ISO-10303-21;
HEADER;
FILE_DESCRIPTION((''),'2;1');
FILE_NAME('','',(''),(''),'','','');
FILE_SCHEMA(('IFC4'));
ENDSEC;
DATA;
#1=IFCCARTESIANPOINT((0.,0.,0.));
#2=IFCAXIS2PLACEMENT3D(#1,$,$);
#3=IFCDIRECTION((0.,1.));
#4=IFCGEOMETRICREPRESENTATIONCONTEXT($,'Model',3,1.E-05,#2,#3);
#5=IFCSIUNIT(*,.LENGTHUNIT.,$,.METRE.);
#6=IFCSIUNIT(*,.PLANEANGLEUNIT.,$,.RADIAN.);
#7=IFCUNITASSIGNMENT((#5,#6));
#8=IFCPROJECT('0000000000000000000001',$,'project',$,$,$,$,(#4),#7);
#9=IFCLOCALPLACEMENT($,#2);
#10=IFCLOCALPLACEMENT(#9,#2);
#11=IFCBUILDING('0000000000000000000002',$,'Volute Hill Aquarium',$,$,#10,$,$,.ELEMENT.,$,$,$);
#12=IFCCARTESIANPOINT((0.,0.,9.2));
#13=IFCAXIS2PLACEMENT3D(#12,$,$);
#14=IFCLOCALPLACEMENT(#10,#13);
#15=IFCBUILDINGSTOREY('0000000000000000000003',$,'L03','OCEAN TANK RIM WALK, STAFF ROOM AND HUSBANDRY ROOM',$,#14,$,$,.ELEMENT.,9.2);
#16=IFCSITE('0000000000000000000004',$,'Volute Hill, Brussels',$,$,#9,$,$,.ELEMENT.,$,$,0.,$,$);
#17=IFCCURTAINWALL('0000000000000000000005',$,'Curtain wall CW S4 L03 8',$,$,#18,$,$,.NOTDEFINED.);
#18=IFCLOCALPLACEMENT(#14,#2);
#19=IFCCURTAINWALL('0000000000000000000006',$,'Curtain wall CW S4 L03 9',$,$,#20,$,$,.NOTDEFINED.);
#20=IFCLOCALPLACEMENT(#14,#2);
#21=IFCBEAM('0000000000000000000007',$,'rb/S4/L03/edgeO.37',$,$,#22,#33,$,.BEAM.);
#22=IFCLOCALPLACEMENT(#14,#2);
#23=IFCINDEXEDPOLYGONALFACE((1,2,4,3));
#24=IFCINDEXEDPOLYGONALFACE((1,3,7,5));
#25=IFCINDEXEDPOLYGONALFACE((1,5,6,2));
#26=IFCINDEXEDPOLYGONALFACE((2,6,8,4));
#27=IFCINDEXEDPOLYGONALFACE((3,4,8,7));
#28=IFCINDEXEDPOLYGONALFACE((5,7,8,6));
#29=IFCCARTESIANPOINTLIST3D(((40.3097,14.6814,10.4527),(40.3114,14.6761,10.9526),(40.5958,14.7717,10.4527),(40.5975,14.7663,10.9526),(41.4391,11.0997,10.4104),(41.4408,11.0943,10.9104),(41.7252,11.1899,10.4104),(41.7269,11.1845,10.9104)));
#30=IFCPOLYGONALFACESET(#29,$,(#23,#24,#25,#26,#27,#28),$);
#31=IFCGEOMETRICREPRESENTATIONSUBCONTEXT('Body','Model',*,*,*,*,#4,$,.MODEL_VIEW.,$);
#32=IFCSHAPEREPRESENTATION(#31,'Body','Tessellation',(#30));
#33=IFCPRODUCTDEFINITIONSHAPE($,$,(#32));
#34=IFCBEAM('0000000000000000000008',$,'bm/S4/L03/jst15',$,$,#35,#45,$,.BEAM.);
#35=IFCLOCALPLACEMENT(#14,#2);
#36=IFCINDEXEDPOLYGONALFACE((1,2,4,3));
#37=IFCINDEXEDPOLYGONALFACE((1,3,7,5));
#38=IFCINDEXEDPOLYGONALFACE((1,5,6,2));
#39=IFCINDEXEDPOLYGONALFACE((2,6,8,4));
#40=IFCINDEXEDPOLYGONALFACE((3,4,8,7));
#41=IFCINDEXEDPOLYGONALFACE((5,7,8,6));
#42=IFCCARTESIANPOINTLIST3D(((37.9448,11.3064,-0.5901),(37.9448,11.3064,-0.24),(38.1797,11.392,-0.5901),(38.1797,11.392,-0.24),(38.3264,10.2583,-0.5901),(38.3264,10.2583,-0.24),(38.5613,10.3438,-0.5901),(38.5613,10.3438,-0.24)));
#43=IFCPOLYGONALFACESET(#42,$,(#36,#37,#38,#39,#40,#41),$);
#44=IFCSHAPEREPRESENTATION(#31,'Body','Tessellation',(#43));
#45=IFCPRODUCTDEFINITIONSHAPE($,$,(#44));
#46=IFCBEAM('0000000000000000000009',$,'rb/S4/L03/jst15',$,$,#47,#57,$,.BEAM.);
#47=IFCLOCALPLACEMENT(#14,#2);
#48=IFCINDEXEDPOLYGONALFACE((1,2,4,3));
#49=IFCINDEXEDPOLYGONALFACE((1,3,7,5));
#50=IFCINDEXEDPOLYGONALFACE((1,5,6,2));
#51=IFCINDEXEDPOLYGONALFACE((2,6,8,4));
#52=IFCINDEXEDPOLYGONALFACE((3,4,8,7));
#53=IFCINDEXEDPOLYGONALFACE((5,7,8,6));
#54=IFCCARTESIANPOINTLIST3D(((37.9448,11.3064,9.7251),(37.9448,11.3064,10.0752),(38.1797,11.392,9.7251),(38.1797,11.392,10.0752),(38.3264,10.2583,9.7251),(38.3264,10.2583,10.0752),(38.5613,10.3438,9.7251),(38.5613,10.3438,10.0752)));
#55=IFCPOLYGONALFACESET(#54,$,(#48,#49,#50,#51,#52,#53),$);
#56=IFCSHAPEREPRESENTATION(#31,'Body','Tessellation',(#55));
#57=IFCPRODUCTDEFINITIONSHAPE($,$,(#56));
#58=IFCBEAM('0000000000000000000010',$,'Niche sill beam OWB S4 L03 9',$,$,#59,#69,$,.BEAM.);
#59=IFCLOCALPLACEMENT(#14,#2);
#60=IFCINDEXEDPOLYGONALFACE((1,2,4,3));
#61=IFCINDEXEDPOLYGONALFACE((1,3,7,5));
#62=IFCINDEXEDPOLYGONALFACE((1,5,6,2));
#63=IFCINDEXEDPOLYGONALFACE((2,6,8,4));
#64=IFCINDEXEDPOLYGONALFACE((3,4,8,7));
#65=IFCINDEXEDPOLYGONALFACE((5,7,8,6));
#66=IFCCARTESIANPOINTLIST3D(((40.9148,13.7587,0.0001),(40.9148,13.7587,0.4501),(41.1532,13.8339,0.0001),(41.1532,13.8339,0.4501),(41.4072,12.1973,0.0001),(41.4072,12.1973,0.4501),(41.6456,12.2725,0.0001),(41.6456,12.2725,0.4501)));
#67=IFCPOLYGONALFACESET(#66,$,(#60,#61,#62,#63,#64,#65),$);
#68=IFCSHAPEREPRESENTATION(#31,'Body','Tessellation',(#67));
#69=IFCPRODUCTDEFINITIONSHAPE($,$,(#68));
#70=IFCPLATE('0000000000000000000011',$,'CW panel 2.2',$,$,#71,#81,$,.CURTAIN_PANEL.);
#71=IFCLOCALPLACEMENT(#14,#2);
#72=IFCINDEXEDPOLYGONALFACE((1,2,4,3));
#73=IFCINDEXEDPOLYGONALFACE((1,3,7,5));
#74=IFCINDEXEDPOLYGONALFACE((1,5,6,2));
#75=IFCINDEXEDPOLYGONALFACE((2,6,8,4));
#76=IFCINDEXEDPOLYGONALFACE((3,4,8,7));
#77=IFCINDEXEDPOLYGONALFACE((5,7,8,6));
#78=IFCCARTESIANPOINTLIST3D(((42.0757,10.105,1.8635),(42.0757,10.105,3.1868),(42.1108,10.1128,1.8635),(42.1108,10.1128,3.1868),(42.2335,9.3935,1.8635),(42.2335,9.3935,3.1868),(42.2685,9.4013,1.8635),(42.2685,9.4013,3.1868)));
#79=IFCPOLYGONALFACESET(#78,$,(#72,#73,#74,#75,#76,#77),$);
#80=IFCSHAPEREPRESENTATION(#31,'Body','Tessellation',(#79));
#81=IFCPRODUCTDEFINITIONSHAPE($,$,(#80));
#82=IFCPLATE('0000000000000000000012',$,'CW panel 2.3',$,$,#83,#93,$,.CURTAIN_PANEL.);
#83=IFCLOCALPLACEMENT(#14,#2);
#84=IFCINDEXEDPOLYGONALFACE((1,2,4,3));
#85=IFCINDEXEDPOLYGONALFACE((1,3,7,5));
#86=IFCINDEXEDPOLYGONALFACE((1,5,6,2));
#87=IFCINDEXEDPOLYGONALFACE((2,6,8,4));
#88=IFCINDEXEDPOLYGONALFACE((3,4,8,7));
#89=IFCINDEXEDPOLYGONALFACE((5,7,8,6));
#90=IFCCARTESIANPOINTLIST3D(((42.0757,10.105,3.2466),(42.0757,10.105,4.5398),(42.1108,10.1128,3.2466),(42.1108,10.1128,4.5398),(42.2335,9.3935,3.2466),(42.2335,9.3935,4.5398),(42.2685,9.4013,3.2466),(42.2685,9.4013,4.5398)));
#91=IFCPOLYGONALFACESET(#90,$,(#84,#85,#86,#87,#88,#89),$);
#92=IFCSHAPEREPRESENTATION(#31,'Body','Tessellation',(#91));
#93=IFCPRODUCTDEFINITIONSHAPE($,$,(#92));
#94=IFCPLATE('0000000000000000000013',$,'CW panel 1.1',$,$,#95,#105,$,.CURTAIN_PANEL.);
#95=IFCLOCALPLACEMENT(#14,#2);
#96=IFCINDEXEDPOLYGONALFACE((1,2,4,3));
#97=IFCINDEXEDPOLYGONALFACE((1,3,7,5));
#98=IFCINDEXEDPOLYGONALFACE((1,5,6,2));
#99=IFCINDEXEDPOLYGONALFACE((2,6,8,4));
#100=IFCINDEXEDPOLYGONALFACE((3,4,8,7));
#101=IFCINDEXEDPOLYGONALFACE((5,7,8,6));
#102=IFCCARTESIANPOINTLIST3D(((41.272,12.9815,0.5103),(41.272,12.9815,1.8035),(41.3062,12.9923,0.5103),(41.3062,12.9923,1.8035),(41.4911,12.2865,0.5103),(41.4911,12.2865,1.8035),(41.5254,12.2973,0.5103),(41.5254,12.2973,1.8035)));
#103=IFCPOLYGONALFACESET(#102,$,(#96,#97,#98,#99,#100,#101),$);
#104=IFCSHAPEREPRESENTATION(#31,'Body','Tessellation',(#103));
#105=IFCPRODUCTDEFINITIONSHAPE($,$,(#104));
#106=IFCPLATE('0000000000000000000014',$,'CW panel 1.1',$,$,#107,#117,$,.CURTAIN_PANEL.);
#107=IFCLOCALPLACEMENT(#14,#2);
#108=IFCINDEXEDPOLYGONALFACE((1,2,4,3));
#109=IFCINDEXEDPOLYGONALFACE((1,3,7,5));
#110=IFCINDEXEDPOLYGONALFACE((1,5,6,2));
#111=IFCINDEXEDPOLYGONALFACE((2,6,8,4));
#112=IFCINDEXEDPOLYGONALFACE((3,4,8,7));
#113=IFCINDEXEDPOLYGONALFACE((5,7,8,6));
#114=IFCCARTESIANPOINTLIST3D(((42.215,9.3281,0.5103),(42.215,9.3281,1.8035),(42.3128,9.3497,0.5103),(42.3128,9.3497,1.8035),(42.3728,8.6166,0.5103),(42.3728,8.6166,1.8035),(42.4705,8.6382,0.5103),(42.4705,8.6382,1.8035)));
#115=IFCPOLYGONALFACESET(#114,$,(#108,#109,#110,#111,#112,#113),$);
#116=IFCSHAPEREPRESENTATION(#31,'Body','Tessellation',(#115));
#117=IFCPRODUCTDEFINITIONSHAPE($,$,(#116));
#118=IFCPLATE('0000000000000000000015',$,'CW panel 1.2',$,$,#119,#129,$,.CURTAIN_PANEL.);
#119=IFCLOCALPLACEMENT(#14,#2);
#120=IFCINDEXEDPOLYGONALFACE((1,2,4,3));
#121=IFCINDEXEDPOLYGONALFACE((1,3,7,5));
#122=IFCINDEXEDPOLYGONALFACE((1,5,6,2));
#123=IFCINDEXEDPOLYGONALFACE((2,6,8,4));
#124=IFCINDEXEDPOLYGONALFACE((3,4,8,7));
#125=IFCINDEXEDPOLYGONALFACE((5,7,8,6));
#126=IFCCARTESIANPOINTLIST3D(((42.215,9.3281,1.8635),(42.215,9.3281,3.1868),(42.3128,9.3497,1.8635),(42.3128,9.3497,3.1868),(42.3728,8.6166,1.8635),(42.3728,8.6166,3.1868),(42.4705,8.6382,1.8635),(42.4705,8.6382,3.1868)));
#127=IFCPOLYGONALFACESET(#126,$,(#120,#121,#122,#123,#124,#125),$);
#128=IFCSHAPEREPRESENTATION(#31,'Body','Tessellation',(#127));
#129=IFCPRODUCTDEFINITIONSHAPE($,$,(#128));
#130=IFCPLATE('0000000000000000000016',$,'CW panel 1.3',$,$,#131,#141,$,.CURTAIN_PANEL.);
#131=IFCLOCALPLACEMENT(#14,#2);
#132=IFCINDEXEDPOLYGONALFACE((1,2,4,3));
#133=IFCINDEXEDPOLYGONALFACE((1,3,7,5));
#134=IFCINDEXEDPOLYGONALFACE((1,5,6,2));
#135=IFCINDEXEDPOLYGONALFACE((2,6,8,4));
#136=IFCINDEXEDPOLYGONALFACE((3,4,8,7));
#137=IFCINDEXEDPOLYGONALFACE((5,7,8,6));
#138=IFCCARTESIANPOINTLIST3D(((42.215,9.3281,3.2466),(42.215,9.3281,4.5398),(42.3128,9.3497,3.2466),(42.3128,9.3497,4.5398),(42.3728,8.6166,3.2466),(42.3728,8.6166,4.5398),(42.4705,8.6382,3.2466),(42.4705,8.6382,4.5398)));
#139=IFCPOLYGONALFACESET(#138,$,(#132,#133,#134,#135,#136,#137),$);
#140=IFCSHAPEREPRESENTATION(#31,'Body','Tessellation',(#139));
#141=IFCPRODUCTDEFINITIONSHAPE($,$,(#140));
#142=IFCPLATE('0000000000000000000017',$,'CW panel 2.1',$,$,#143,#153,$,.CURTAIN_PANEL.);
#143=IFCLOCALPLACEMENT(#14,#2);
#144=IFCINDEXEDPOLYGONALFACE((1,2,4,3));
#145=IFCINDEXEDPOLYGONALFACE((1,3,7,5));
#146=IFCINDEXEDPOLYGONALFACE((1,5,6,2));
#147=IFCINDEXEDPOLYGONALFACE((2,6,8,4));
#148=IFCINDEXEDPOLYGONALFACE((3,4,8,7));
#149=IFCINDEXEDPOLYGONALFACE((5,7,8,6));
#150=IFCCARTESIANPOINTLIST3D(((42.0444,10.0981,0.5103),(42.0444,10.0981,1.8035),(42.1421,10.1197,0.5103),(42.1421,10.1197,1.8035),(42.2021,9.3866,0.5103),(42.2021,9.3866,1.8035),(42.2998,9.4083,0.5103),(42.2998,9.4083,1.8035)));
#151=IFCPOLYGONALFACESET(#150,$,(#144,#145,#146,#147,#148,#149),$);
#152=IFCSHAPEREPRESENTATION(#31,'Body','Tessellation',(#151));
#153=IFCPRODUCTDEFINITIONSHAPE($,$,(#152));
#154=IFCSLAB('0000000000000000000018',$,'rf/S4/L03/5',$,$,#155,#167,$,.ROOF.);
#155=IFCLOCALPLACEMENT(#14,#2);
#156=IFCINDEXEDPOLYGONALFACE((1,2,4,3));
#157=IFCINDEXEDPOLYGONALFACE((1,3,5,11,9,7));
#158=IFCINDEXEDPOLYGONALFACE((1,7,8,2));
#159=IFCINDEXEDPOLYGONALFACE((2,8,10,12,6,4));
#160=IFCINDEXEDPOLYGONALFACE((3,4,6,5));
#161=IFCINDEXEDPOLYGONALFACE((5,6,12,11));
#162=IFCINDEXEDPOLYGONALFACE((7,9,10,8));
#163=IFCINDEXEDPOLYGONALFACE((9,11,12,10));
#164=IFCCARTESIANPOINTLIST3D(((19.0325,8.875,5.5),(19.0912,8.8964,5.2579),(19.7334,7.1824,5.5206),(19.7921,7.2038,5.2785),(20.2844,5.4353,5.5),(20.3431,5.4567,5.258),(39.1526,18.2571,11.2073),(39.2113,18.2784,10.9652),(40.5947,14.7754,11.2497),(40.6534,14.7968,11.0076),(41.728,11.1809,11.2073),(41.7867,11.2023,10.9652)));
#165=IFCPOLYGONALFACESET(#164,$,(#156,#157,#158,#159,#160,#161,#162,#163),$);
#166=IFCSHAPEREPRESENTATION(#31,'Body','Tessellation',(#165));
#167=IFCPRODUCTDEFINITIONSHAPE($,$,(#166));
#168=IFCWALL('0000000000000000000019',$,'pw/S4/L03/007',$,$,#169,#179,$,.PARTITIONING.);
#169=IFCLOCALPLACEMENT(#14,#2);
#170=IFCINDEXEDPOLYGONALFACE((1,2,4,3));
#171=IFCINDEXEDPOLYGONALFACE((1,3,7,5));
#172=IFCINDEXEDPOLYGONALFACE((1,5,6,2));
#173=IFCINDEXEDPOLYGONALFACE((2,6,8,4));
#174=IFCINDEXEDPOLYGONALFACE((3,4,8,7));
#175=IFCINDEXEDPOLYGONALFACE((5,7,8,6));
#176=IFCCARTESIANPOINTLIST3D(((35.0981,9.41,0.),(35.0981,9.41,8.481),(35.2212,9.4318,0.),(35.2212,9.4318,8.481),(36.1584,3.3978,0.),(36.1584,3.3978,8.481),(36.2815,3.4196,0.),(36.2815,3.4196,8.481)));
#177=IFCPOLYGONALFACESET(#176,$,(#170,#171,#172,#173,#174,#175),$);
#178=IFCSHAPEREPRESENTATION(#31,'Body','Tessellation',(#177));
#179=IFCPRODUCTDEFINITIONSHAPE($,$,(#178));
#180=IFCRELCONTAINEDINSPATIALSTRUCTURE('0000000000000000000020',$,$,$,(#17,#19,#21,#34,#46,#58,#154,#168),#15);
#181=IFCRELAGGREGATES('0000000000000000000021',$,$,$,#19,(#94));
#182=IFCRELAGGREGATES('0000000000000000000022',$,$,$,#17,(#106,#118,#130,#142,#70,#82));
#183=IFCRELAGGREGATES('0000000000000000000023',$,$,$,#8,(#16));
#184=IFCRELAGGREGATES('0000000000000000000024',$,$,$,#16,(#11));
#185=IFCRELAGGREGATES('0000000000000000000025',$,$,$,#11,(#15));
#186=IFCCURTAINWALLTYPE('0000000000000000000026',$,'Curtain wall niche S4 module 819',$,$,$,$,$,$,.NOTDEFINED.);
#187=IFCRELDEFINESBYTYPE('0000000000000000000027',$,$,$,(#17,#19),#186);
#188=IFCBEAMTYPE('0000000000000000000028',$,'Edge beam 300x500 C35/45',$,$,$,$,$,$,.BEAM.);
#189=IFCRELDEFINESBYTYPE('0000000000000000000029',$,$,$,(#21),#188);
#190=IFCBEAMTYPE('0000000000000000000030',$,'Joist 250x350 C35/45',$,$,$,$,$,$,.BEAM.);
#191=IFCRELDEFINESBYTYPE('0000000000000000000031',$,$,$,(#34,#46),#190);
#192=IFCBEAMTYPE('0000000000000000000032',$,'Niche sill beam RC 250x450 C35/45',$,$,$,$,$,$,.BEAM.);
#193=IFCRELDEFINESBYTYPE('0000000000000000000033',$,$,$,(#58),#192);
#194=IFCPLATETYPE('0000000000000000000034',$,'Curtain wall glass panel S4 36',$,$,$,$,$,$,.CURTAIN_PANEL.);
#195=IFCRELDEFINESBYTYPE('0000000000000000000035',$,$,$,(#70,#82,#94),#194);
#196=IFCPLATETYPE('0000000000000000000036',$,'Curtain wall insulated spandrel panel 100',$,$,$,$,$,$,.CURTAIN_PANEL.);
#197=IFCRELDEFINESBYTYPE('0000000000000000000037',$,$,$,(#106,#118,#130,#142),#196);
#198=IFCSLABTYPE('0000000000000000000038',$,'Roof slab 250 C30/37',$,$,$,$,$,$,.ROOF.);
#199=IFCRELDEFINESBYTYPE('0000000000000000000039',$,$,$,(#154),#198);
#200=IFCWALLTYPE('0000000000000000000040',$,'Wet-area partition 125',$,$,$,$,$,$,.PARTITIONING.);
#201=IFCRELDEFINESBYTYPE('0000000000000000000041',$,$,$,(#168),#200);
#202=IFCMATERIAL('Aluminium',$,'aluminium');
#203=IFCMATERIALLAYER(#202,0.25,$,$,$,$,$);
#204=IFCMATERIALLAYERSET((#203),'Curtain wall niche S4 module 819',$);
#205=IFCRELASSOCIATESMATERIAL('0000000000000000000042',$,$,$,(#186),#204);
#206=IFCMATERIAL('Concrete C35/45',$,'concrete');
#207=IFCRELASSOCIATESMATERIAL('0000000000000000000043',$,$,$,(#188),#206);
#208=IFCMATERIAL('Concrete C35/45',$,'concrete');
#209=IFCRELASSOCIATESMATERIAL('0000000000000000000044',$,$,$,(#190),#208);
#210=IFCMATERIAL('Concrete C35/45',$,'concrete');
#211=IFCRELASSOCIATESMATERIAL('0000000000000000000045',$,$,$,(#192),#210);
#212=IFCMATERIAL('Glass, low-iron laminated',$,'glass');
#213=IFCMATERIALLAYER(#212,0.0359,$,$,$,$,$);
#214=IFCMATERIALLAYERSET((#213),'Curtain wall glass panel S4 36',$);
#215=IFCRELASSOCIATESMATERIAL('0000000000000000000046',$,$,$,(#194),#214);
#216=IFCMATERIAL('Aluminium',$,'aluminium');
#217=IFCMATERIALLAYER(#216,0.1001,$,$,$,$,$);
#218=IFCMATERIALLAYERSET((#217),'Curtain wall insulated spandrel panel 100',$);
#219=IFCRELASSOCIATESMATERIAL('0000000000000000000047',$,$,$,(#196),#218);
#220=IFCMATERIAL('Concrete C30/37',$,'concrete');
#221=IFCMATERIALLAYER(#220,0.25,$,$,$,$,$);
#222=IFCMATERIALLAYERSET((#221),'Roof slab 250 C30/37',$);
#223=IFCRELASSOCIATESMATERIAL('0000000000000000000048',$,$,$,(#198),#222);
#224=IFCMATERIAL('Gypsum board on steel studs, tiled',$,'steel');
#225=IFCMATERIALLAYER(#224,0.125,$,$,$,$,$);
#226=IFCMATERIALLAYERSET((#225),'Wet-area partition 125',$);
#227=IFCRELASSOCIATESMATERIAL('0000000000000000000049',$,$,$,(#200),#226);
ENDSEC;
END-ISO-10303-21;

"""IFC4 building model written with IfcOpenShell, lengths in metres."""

from ifc_helpers import new_model, si_unit, direction, frame, frame_2d, origin, origin_2d, place, context, subcontext, project, spatial, polyline, rectangle, outline, extrude, material, layer, layer_set, material_profile, profile_set, type_object, element, aggregate, save


model = new_model("IFC4")

# Units and contexts
model_context = context("Model", 3, precision=1e-05, world=origin(), true_north=direction((0.0, 1.0)))
body_context = subcontext(model_context, "Body", "Model", "MODEL_VIEW")
ifc_project = project(units=[si_unit("LENGTHUNIT", "METRE"), si_unit("PLANEANGLEUNIT", "RADIAN")], contexts=[model_context])

# Site, building, storey
site_placement = place(None, origin())
site = spatial("IfcSite", under=ifc_project, at=site_placement, Name="Volute Hill, Brussels", CompositionType="ELEMENT", RefElevation=0.0)
building_placement = place(site_placement, origin())
building = spatial("IfcBuilding", under=site, at=building_placement, Name="Volute Hill Aquarium", CompositionType="ELEMENT")
storey_placement = place(building_placement, frame((0.0, 0.0, 9.2)))
storey = spatial("IfcBuildingStorey", under=building, at=storey_placement, Name="L03", Description="OCEAN TANK RIM WALK, STAFF ROOM AND HUSBANDRY ROOM", CompositionType="ELEMENT", Elevation=9.2)

# Curtain wall
ifc_material_1 = material(Name="Aluminium", Category="aluminium")
ifc_layer_1 = layer(ifc_material_1, 0.25)
ifc_layer_set_1 = layer_set([ifc_layer_1], Name="Curtain wall niche S4 module 819")
curtain_wall_type = type_object("IfcCurtainWallType", Name="Curtain wall niche S4 module 819", PredefinedType="NOTDEFINED", material=ifc_layer_set_1)
curtain_wall_1_placement = place(storey_placement, origin())
curtain_wall_1 = element("IfcCurtainWall", 1, at=curtain_wall_1_placement, inside=storey, type_object=curtain_wall_type, Name="Curtain wall CW S4 L03 8", PredefinedType="NOTDEFINED")

# Curtain wall
curtain_wall_2_placement = place(storey_placement, origin())
curtain_wall_2 = element("IfcCurtainWall", 2, at=curtain_wall_2_placement, inside=storey, type_object=curtain_wall_type, Name="Curtain wall CW S4 L03 9", PredefinedType="NOTDEFINED")

# Beams
ifc_material_2 = material(Name="Concrete C35/45", Category="concrete")
ifc_material_profile_1 = material_profile(ifc_material_2, rectangle(XDim=0.3, YDim=0.5, at=origin_2d()), Name="RC edge beam 300x500")
ifc_profile_set_1 = profile_set([ifc_material_profile_1], Name="Concrete C35/45")
beam_type_1 = type_object("IfcBeamType", Name="Edge beam 300x500 C35/45", PredefinedType="BEAM", material=ifc_profile_set_1)
beam_1_placement = place(storey_placement, frame((41.583, 11.1421, 10.6604), z_axis=(-0.300702, 0.953652, 0.011245), x_axis=(-0.953712, -0.300721, 0.0)))
element("IfcBeam", 3, at=beam_1_placement, inside=storey, type_object=beam_type_1, Name="rb/S4/L03/edgeO.37", PredefinedType="BEAM", context=body_context, shape_type="SweptSolid", body=[
    extrude(rectangle(XDim=0.3, YDim=0.5, at=origin_2d()), origin(), (0.0, 0.0, 1.0), 3.7559),
])
ifc_material_3 = material(Name="Concrete C35/45", Category="concrete")
ifc_material_profile_2 = material_profile(ifc_material_3, rectangle(XDim=0.25, YDim=0.3501, at=origin_2d()), Name="RC joist 250x350")
ifc_profile_set_2 = profile_set([ifc_material_profile_2], Name="Concrete C35/45")
beam_type_2 = type_object("IfcBeamType", Name="Joist 250x350 C35/45", PredefinedType="BEAM", material=ifc_profile_set_2)
for number, where, z_axis, x_axis, name in (
    (4, (38.4438, 10.301, -0.415), (-0.342112, 0.939659, 0.0), (-0.939659, -0.342112, 0.0), "bm/S4/L03/jst15"),
    (5, (38.4438, 10.301, 9.9001), (-0.342112, 0.939659, 0.0), (-0.939659, -0.342112, 0.0), "rb/S4/L03/jst15"),
):
    element("IfcBeam", number, at=place(storey_placement, frame(where, z_axis=z_axis, x_axis=x_axis)), inside=storey, type_object=beam_type_2, Name=name, PredefinedType="BEAM", context=body_context, shape_type="SweptSolid", body=[
        extrude(rectangle(XDim=0.25, YDim=0.3501, at=origin_2d()), origin(), (0.0, 0.0, 1.0), 1.1155),
    ])
ifc_material_4 = material(Name="Concrete C35/45", Category="concrete")
ifc_material_profile_3 = material_profile(ifc_material_4, rectangle(XDim=0.25, YDim=0.45, at=origin_2d()), Name="RC beam 250x450")
ifc_profile_set_3 = profile_set([ifc_material_profile_3], Name="Concrete C35/45")
beam_type_3 = type_object("IfcBeamType", Name="Niche sill beam RC 250x450 C35/45", PredefinedType="BEAM", material=ifc_profile_set_3)
beam_2_placement = place(storey_placement, frame((41.5264, 12.2349, 0.2251), z_axis=(-0.300753, 0.953702, 0.0), x_axis=(-0.953702, -0.300753, 0.0)))
element("IfcBeam", 6, at=beam_2_placement, inside=storey, type_object=beam_type_3, Name="Niche sill beam OWB S4 L03 9", PredefinedType="BEAM", context=body_context, shape_type="SweptSolid", body=[
    extrude(rectangle(XDim=0.25, YDim=0.45, at=origin_2d()), origin(), (0.0, 0.0, 1.0), 1.6372),
])

# Plates
ifc_material_5 = material(Name="Glass, low-iron laminated", Category="glass")
ifc_layer_2 = layer(ifc_material_5, 0.0359)
ifc_layer_set_2 = layer_set([ifc_layer_2], Name="Curtain wall glass panel S4 36")
plate_type_1 = type_object("IfcPlateType", Name="Curtain wall glass panel S4 36", PredefinedType="CURTAIN_PANEL", material=ifc_layer_set_2)
plate_1_placement = place(storey_placement, frame((42.1721, 9.7532, 1.8635), z_axis=(0.0, 0.0, 1.0), x_axis=(-0.216436, 0.976297, 0.0)))
plate_1 = element("IfcPlate", 7, at=plate_1_placement, type_object=plate_type_1, Name="CW panel 2.2", PredefinedType="CURTAIN_PANEL", context=body_context, shape_type="SweptSolid", body=[
    extrude(rectangle(XDim=0.7288, YDim=0.0359, at=origin_2d()), origin(), (0.0, 0.0, 1.0), 1.3232),
])
plate_2_placement = place(storey_placement, frame((42.1721, 9.7532, 3.2466), z_axis=(0.0, 0.0, 1.0), x_axis=(-0.216436, 0.976297, 0.0)))
plate_2 = element("IfcPlate", 8, at=plate_2_placement, type_object=plate_type_1, Name="CW panel 2.3", PredefinedType="CURTAIN_PANEL", context=body_context, shape_type="SweptSolid", body=[
    extrude(rectangle(XDim=0.7288, YDim=0.0359, at=origin_2d()), origin(), (0.0, 0.0, 1.0), 1.2932),
])
plate_3_placement = place(storey_placement, frame((41.3987, 12.6394, 0.5103), z_axis=(0.0, 0.0, 1.0), x_axis=(-0.30071, 0.953716, 0.0)))
plate_3 = element("IfcPlate", 9, at=plate_3_placement, type_object=plate_type_1, Name="CW panel 1.1", PredefinedType="CURTAIN_PANEL", context=body_context, shape_type="SweptSolid", body=[
    extrude(rectangle(XDim=0.7288, YDim=0.0359, at=origin_2d()), origin(), (0.0, 0.0, 1.0), 1.2932),
])
aggregate(curtain_wall_2, [plate_3])
ifc_material_6 = material(Name="Aluminium", Category="aluminium")
ifc_layer_3 = layer(ifc_material_6, 0.1001)
ifc_layer_set_3 = layer_set([ifc_layer_3], Name="Curtain wall insulated spandrel panel 100")
plate_type_2 = type_object("IfcPlateType", Name="Curtain wall insulated spandrel panel 100", PredefinedType="CURTAIN_PANEL", material=ifc_layer_set_3)
plate_4_placement = place(storey_placement, frame((42.3428, 8.9832, 0.5103), z_axis=(0.0, 0.0, 1.0), x_axis=(-0.216436, 0.976297, 0.0)))
plate_4 = element("IfcPlate", 10, at=plate_4_placement, type_object=plate_type_2, Name="CW panel 1.1", PredefinedType="CURTAIN_PANEL", context=body_context, shape_type="SweptSolid", body=[
    extrude(rectangle(XDim=0.7288, YDim=0.1001, at=origin_2d()), origin(), (0.0, 0.0, 1.0), 1.2932),
])
plate_5_placement = place(storey_placement, frame((42.3428, 8.9832, 1.8635), z_axis=(0.0, 0.0, 1.0), x_axis=(-0.216436, 0.976297, 0.0)))
plate_5 = element("IfcPlate", 11, at=plate_5_placement, type_object=plate_type_2, Name="CW panel 1.2", PredefinedType="CURTAIN_PANEL", context=body_context, shape_type="SweptSolid", body=[
    extrude(rectangle(XDim=0.7288, YDim=0.1001, at=origin_2d()), origin(), (0.0, 0.0, 1.0), 1.3232),
])
plate_6_placement = place(storey_placement, frame((42.3428, 8.9832, 3.2466), z_axis=(0.0, 0.0, 1.0), x_axis=(-0.216436, 0.976297, 0.0)))
plate_6 = element("IfcPlate", 12, at=plate_6_placement, type_object=plate_type_2, Name="CW panel 1.3", PredefinedType="CURTAIN_PANEL", context=body_context, shape_type="SweptSolid", body=[
    extrude(rectangle(XDim=0.7288, YDim=0.1001, at=origin_2d()), origin(), (0.0, 0.0, 1.0), 1.2932),
])
plate_7_placement = place(storey_placement, frame((42.1721, 9.7532, 0.5103), z_axis=(0.0, 0.0, 1.0), x_axis=(-0.216436, 0.976297, 0.0)))
plate_7 = element("IfcPlate", 13, at=plate_7_placement, type_object=plate_type_2, Name="CW panel 2.1", PredefinedType="CURTAIN_PANEL", context=body_context, shape_type="SweptSolid", body=[
    extrude(rectangle(XDim=0.7288, YDim=0.1001, at=origin_2d()), origin(), (0.0, 0.0, 1.0), 1.2932),
])
aggregate(curtain_wall_1, [plate_4, plate_5, plate_6, plate_7, plate_1, plate_2])

# Slab
ifc_material_7 = material(Name="Concrete C30/37", Category="concrete")
ifc_layer_4 = layer(ifc_material_7, 0.25)
ifc_layer_set_4 = layer_set([ifc_layer_4], Name="Roof slab 250 C30/37")
slab_type = type_object("IfcSlabType", Name="Roof slab 250 C30/37", PredefinedType="ROOF", material=ifc_layer_set_4)
slab_placement = place(storey_placement, frame((41.728, 11.1809, 11.2073), z_axis=(-0.23481, -0.085462, 0.968277), x_axis=(-0.300675, 0.95366, 0.011258)))
element("IfcSlab", 14, at=slab_placement, inside=storey, type_object=slab_type, Name="rf/S4/L03/5", PredefinedType="ROOF", context=body_context, shape_type="SweptSolid", body=[
    extrude(outline(polyline([(0.0, 0.0), (3.7691, 0.0), (7.5226, 0.3392), (4.5607, 23.069), (2.736, 22.9042), (0.904, 22.9041), (0.0, 0.0)])), origin(), (0.0, 0.0, -1.0), 0.25),
])

# Wall
ifc_material_8 = material(Name="Gypsum board on steel studs, tiled", Category="steel")
ifc_layer_5 = layer(ifc_material_8, 0.125)
ifc_layer_set_5 = layer_set([ifc_layer_5], Name="Wet-area partition 125")
wall_type = type_object("IfcWallType", Name="Wet-area partition 125", PredefinedType="PARTITIONING", material=ifc_layer_set_5)
wall_1_placement = place(storey_placement, frame((35.1597, 9.4209, 0.0), z_axis=(0.0, 0.0, 1.0), x_axis=(0.173678, -0.984802, 0.0)))
element("IfcWall", 15, at=wall_1_placement, inside=storey, type_object=wall_type, Name="pw/S4/L03/007", PredefinedType="PARTITIONING", context=body_context, shape_type="SweptSolid", body=[
    extrude(rectangle(XDim=6.105, YDim=0.125, at=frame_2d((3.0525, 0.0))), origin(), (0.0, 0.0, 1.0), 8.481),
])

save(model, "model.ifc")
